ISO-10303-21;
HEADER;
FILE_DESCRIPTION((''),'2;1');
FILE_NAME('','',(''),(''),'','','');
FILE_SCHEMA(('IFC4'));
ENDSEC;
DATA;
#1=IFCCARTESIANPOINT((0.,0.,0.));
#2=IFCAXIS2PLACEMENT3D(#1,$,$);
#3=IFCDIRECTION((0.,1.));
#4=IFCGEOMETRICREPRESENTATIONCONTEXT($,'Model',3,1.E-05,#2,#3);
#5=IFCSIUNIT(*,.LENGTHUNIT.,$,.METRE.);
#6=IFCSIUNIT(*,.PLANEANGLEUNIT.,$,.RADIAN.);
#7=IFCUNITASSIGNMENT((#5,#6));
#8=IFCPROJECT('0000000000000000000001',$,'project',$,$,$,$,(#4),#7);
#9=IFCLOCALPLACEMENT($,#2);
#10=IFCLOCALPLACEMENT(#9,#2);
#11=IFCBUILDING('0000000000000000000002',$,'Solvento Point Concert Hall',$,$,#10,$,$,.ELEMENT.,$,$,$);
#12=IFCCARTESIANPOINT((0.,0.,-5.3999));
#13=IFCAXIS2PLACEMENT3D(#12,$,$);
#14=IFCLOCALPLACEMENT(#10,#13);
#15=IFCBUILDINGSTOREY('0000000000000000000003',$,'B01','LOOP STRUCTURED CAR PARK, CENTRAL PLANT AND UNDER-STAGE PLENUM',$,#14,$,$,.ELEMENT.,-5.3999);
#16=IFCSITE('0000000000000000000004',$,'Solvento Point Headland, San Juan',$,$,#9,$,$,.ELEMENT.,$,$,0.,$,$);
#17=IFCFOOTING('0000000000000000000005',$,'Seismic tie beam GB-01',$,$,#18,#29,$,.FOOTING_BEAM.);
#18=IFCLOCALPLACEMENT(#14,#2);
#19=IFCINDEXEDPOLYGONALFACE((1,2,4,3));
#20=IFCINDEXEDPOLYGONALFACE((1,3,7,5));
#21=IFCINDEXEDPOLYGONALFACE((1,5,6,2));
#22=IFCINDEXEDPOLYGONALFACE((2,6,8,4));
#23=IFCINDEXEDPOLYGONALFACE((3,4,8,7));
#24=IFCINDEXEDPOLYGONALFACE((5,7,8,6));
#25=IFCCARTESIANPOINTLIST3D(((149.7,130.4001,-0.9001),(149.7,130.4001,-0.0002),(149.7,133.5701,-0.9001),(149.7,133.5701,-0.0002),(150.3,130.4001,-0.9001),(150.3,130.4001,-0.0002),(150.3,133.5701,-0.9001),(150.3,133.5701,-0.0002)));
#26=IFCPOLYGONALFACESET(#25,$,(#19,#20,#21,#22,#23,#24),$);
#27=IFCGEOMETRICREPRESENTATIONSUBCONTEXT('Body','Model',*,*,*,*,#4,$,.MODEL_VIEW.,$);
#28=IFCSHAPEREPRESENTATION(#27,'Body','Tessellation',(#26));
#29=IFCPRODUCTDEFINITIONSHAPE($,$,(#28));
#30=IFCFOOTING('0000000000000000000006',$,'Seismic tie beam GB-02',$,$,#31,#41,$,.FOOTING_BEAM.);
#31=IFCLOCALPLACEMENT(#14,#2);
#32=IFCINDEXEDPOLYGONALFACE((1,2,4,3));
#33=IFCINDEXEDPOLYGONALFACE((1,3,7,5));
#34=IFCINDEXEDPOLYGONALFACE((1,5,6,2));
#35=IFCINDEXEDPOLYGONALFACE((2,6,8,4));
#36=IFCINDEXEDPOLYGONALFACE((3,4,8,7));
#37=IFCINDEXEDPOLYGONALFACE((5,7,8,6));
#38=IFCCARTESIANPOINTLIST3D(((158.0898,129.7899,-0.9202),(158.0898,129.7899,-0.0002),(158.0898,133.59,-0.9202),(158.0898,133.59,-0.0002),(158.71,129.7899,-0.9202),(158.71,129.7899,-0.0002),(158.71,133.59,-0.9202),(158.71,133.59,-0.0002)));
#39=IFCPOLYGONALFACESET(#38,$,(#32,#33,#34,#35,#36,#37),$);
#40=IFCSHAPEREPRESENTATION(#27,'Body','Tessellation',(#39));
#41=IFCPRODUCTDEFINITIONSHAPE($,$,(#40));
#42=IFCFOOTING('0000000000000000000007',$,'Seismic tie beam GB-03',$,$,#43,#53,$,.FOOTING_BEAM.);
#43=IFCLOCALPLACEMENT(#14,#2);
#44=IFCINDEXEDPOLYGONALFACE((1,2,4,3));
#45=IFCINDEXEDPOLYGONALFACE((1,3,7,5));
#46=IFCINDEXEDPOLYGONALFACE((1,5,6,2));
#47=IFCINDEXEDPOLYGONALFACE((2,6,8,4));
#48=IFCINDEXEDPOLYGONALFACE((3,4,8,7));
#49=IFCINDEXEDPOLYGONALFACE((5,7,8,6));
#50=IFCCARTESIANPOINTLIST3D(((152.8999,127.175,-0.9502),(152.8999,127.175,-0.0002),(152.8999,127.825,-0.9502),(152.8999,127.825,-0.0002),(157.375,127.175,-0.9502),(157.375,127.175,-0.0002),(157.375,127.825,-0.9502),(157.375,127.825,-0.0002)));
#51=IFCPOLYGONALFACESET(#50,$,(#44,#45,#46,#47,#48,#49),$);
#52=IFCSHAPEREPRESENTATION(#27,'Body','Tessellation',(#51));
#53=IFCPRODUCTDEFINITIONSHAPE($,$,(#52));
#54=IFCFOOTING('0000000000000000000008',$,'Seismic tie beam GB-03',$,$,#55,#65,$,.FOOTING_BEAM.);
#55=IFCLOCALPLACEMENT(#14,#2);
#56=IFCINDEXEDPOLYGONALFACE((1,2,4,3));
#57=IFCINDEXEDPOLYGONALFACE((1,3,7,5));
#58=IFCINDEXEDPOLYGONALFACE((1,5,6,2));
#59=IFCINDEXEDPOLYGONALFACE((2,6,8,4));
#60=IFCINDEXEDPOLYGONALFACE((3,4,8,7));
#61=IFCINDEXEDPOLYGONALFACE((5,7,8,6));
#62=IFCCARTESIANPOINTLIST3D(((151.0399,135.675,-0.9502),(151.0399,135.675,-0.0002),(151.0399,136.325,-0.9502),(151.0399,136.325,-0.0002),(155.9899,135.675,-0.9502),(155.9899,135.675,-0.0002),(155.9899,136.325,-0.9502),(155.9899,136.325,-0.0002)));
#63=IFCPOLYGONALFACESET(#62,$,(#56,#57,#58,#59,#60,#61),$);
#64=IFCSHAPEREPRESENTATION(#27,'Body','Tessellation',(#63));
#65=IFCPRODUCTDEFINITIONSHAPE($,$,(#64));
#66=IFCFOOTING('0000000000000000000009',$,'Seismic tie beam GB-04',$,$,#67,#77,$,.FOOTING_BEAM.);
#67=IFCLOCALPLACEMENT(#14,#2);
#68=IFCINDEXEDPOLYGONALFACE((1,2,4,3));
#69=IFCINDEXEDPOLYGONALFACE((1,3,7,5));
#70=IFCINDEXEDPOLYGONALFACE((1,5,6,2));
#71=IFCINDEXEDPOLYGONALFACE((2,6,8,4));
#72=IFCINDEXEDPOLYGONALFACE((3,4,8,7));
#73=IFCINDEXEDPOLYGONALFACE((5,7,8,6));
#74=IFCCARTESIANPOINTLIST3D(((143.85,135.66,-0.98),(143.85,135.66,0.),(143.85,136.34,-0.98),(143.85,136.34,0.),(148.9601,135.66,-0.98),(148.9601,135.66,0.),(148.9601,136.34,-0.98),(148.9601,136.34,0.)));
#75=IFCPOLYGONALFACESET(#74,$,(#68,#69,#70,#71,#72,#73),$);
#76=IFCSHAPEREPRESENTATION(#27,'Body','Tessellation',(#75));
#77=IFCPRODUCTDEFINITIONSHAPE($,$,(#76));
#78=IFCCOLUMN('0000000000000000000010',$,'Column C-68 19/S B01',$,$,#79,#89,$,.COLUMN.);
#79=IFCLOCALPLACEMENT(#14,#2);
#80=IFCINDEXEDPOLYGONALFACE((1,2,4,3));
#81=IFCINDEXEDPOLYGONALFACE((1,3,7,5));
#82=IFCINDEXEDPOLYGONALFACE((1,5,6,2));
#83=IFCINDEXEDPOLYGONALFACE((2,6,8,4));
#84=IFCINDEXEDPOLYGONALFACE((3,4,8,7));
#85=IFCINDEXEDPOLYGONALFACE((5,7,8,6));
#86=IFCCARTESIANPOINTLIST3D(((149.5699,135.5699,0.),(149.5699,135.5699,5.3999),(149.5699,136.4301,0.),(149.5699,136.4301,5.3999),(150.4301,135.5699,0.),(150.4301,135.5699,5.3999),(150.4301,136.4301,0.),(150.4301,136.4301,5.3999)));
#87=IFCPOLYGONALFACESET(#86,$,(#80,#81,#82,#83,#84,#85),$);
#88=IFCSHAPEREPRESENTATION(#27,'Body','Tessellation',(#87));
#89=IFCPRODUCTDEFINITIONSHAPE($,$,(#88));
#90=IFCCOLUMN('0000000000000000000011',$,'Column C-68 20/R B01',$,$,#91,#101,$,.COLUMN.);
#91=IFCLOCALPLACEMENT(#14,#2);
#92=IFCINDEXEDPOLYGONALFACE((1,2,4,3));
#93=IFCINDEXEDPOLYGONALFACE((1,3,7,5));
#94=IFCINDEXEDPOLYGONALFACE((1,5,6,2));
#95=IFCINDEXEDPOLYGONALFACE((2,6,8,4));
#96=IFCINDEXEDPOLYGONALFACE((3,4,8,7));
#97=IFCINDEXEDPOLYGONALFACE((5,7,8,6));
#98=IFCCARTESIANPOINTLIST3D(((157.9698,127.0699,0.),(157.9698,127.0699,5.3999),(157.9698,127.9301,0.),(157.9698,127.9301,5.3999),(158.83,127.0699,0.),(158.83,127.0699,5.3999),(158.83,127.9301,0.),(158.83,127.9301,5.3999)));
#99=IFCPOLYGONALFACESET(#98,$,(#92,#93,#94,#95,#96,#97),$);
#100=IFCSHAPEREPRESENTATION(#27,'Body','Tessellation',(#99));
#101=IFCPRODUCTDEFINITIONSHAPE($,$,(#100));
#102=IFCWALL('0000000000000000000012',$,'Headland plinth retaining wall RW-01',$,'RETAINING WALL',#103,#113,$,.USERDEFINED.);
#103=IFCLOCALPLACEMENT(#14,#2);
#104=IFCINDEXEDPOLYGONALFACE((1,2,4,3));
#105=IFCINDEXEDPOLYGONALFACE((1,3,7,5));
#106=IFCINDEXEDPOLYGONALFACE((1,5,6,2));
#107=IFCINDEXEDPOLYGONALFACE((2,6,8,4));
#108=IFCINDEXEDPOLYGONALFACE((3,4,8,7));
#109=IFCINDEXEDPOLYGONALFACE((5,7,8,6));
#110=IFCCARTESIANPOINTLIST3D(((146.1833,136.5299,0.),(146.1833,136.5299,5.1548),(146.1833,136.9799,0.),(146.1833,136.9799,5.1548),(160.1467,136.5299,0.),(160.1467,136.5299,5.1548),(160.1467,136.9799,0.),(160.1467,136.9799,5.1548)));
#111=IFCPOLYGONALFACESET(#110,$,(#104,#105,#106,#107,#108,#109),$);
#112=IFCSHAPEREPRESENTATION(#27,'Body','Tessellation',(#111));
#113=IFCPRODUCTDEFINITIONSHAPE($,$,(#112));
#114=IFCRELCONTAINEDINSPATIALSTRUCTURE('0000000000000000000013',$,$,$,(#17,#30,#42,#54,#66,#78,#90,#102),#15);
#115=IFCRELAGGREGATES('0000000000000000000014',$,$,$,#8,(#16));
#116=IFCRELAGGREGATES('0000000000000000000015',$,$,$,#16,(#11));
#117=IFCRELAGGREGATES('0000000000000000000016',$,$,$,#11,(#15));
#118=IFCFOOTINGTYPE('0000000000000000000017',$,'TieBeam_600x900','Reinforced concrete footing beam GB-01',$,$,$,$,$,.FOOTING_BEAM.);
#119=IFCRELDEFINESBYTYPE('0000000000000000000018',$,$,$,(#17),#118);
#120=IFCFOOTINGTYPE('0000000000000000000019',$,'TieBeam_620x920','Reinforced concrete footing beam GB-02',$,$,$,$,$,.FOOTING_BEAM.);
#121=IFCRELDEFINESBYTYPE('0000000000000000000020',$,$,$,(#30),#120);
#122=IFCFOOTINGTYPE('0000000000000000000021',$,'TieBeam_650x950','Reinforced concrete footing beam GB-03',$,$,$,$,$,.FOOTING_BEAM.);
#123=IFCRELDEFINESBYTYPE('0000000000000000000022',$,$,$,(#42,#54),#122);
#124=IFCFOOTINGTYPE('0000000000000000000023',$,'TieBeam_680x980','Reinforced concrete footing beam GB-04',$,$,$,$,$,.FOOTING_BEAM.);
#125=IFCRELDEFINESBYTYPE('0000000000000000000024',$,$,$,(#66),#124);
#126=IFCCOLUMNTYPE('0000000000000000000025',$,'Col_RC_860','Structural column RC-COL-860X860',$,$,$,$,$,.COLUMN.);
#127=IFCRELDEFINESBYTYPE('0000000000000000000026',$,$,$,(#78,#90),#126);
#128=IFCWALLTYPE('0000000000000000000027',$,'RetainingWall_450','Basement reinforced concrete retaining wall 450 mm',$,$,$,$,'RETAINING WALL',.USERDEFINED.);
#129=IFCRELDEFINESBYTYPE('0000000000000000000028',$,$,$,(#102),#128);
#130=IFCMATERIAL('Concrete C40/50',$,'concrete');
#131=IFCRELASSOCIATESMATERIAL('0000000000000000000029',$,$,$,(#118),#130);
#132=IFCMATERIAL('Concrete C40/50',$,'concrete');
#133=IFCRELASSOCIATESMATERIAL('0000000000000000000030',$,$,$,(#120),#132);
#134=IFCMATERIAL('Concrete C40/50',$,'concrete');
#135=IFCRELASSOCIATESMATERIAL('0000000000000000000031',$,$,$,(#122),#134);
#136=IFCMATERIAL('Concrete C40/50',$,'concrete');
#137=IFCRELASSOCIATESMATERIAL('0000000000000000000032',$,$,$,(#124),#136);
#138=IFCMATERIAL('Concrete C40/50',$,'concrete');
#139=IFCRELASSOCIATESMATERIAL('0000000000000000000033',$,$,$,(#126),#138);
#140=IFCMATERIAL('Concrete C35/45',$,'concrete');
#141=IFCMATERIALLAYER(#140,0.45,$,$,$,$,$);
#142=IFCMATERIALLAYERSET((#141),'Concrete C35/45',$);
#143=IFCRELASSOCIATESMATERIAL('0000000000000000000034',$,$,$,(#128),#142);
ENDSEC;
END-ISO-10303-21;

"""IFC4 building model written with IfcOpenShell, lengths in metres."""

from ifc_helpers import new_model, si_unit, direction, frame, frame_2d, origin, origin_2d, place, context, subcontext, project, spatial, rectangle, extrude, material, layer, layer_set, material_profile, profile_set, type_object, element, save


model = new_model("IFC4")

# Units and contexts
model_context = context("Model", 3, precision=1e-05, world=origin(), true_north=direction((0.0, 1.0)))
body_context = subcontext(model_context, "Body", "Model", "MODEL_VIEW")
ifc_project = project(units=[si_unit("LENGTHUNIT", "METRE"), si_unit("PLANEANGLEUNIT", "RADIAN")], contexts=[model_context])

# Site, building, storey
site_placement = place(None, origin())
site = spatial("IfcSite", under=ifc_project, at=site_placement, Name="Solvento Point Headland, San Juan", CompositionType="ELEMENT", RefElevation=0.0)
building_placement = place(site_placement, origin())
building = spatial("IfcBuilding", under=site, at=building_placement, Name="Solvento Point Concert Hall", CompositionType="ELEMENT")
storey_placement = place(building_placement, frame((0.0, 0.0, -5.3999)))
storey = spatial("IfcBuildingStorey", under=building, at=storey_placement, Name="B01", Description="LOOP STRUCTURED CAR PARK, CENTRAL PLANT AND UNDER-STAGE PLENUM", CompositionType="ELEMENT", Elevation=-5.3999)

# Footings
ifc_material_1 = material(Name="Concrete C40/50", Category="concrete")
footing_type_1 = type_object("IfcFootingType", Name="TieBeam_600x900", Description="Reinforced concrete footing beam GB-01", PredefinedType="FOOTING_BEAM", material=ifc_material_1)
footing_1_placement = place(storey_placement, frame((150.0, 131.9851, -0.9001), z_axis=(0.0, 0.0, 1.0), x_axis=(0.0, 1.0, 0.0)))
element("IfcFooting", 1, at=footing_1_placement, inside=storey, type_object=footing_type_1, Name="Seismic tie beam GB-01", PredefinedType="FOOTING_BEAM", context=body_context, shape_type="SweptSolid", body=[
    extrude(rectangle(XDim=3.1699, YDim=0.6001, at=origin_2d()), origin(), (0.0, 0.0, 1.0), 0.8999),
])
ifc_material_2 = material(Name="Concrete C40/50", Category="concrete")
footing_type_2 = type_object("IfcFootingType", Name="TieBeam_620x920", Description="Reinforced concrete footing beam GB-02", PredefinedType="FOOTING_BEAM", material=ifc_material_2)
footing_2_placement = place(storey_placement, frame((158.3999, 131.6899, -0.9202), z_axis=(0.0, 0.0, 1.0), x_axis=(0.0, 1.0, 0.0)))
element("IfcFooting", 2, at=footing_2_placement, inside=storey, type_object=footing_type_2, Name="Seismic tie beam GB-02", PredefinedType="FOOTING_BEAM", context=body_context, shape_type="SweptSolid", body=[
    extrude(rectangle(XDim=3.8, YDim=0.6201, at=origin_2d()), origin(), (0.0, 0.0, 1.0), 0.9199),
])
ifc_material_3 = material(Name="Concrete C40/50", Category="concrete")
footing_type_3 = type_object("IfcFootingType", Name="TieBeam_650x950", Description="Reinforced concrete footing beam GB-03", PredefinedType="FOOTING_BEAM", material=ifc_material_3)
footing_3_placement = place(storey_placement, frame((155.1375, 127.5, -0.9502), z_axis=(0.0, 0.0, 1.0), x_axis=(1.0, 0.0, 0.0)))
element("IfcFooting", 3, at=footing_3_placement, inside=storey, type_object=footing_type_3, Name="Seismic tie beam GB-03", PredefinedType="FOOTING_BEAM", context=body_context, shape_type="SweptSolid", body=[
    extrude(rectangle(XDim=4.4751, YDim=0.6499, at=origin_2d()), origin(), (0.0, 0.0, 1.0), 0.95),
])
footing_4_placement = place(storey_placement, frame((153.5149, 136.0, -0.9502), z_axis=(0.0, 0.0, 1.0), x_axis=(1.0, 0.0, 0.0)))
element("IfcFooting", 4, at=footing_4_placement, inside=storey, type_object=footing_type_3, Name="Seismic tie beam GB-03", PredefinedType="FOOTING_BEAM", context=body_context, shape_type="SweptSolid", body=[
    extrude(rectangle(XDim=4.95, YDim=0.6499, at=origin_2d()), origin(), (0.0, 0.0, 1.0), 0.95),
])
ifc_material_4 = material(Name="Concrete C40/50", Category="concrete")
footing_type_4 = type_object("IfcFootingType", Name="TieBeam_680x980", Description="Reinforced concrete footing beam GB-04", PredefinedType="FOOTING_BEAM", material=ifc_material_4)
footing_5_placement = place(storey_placement, frame((146.405, 136.0, -0.98), z_axis=(0.0, 0.0, 1.0), x_axis=(1.0, 0.0, 0.0)))
element("IfcFooting", 5, at=footing_5_placement, inside=storey, type_object=footing_type_4, Name="Seismic tie beam GB-04", PredefinedType="FOOTING_BEAM", context=body_context, shape_type="SweptSolid", body=[
    extrude(rectangle(XDim=5.1101, YDim=0.6799, at=origin_2d()), origin(), (0.0, 0.0, 1.0), 0.98),
])

# Columns
ifc_material_5 = material(Name="Concrete C40/50", Category="concrete")
ifc_material_profile_1 = material_profile(ifc_material_5, rectangle(XDim=0.8601, YDim=0.8601, at=origin_2d()), Name="RC-COL-860X860")
ifc_profile_set_1 = profile_set([ifc_material_profile_1], Name="Concrete C40/50")
column_type = type_object("IfcColumnType", Name="Col_RC_860", Description="Structural column RC-COL-860X860", PredefinedType="COLUMN", material=ifc_profile_set_1)
for number, where, z_axis, x_axis, name in (
    (6, (150.0, 136.0, 0.0), (0.0, 0.0, 1.0), (1.0, 0.0, 0.0), "Column C-68 19/S B01"),
    (7, (158.3999, 127.5, 0.0), (0.0, 0.0, 1.0), (1.0, 0.0, 0.0), "Column C-68 20/R B01"),
):
    element("IfcColumn", number, at=place(storey_placement, frame(where, z_axis=z_axis, x_axis=x_axis)), inside=storey, type_object=column_type, Name=name, PredefinedType="COLUMN", context=body_context, shape_type="SweptSolid", body=[
        extrude(rectangle(XDim=0.8601, YDim=0.8601, at=origin_2d()), origin(), (0.0, 0.0, 1.0), 5.3999),
    ])

# Wall
ifc_material_6 = material(Name="Concrete C35/45", Category="concrete")
ifc_layer = layer(ifc_material_6, 0.45)
ifc_layer_set = layer_set([ifc_layer], Name="Concrete C35/45")
wall_type = type_object("IfcWallType", Name="RetainingWall_450", Description="Basement reinforced concrete retaining wall 450 mm", ElementType="RETAINING WALL", PredefinedType="USERDEFINED", material=ifc_layer_set)
wall_placement = place(storey_placement, frame((146.1833, 136.7549, 0.0), z_axis=(0.0, 0.0, 1.0), x_axis=(1.0, 0.0, 0.0)))
element("IfcWall", 8, at=wall_placement, inside=storey, type_object=wall_type, Name="Headland plinth retaining wall RW-01", ObjectType="RETAINING WALL", PredefinedType="USERDEFINED", context=body_context, shape_type="SweptSolid", body=[
    extrude(rectangle(XDim=13.9634, YDim=0.45, at=frame_2d((6.9817, 0.0))), origin(), (0.0, 0.0, 1.0), 5.1548),
])

save(model, "model.ifc")
